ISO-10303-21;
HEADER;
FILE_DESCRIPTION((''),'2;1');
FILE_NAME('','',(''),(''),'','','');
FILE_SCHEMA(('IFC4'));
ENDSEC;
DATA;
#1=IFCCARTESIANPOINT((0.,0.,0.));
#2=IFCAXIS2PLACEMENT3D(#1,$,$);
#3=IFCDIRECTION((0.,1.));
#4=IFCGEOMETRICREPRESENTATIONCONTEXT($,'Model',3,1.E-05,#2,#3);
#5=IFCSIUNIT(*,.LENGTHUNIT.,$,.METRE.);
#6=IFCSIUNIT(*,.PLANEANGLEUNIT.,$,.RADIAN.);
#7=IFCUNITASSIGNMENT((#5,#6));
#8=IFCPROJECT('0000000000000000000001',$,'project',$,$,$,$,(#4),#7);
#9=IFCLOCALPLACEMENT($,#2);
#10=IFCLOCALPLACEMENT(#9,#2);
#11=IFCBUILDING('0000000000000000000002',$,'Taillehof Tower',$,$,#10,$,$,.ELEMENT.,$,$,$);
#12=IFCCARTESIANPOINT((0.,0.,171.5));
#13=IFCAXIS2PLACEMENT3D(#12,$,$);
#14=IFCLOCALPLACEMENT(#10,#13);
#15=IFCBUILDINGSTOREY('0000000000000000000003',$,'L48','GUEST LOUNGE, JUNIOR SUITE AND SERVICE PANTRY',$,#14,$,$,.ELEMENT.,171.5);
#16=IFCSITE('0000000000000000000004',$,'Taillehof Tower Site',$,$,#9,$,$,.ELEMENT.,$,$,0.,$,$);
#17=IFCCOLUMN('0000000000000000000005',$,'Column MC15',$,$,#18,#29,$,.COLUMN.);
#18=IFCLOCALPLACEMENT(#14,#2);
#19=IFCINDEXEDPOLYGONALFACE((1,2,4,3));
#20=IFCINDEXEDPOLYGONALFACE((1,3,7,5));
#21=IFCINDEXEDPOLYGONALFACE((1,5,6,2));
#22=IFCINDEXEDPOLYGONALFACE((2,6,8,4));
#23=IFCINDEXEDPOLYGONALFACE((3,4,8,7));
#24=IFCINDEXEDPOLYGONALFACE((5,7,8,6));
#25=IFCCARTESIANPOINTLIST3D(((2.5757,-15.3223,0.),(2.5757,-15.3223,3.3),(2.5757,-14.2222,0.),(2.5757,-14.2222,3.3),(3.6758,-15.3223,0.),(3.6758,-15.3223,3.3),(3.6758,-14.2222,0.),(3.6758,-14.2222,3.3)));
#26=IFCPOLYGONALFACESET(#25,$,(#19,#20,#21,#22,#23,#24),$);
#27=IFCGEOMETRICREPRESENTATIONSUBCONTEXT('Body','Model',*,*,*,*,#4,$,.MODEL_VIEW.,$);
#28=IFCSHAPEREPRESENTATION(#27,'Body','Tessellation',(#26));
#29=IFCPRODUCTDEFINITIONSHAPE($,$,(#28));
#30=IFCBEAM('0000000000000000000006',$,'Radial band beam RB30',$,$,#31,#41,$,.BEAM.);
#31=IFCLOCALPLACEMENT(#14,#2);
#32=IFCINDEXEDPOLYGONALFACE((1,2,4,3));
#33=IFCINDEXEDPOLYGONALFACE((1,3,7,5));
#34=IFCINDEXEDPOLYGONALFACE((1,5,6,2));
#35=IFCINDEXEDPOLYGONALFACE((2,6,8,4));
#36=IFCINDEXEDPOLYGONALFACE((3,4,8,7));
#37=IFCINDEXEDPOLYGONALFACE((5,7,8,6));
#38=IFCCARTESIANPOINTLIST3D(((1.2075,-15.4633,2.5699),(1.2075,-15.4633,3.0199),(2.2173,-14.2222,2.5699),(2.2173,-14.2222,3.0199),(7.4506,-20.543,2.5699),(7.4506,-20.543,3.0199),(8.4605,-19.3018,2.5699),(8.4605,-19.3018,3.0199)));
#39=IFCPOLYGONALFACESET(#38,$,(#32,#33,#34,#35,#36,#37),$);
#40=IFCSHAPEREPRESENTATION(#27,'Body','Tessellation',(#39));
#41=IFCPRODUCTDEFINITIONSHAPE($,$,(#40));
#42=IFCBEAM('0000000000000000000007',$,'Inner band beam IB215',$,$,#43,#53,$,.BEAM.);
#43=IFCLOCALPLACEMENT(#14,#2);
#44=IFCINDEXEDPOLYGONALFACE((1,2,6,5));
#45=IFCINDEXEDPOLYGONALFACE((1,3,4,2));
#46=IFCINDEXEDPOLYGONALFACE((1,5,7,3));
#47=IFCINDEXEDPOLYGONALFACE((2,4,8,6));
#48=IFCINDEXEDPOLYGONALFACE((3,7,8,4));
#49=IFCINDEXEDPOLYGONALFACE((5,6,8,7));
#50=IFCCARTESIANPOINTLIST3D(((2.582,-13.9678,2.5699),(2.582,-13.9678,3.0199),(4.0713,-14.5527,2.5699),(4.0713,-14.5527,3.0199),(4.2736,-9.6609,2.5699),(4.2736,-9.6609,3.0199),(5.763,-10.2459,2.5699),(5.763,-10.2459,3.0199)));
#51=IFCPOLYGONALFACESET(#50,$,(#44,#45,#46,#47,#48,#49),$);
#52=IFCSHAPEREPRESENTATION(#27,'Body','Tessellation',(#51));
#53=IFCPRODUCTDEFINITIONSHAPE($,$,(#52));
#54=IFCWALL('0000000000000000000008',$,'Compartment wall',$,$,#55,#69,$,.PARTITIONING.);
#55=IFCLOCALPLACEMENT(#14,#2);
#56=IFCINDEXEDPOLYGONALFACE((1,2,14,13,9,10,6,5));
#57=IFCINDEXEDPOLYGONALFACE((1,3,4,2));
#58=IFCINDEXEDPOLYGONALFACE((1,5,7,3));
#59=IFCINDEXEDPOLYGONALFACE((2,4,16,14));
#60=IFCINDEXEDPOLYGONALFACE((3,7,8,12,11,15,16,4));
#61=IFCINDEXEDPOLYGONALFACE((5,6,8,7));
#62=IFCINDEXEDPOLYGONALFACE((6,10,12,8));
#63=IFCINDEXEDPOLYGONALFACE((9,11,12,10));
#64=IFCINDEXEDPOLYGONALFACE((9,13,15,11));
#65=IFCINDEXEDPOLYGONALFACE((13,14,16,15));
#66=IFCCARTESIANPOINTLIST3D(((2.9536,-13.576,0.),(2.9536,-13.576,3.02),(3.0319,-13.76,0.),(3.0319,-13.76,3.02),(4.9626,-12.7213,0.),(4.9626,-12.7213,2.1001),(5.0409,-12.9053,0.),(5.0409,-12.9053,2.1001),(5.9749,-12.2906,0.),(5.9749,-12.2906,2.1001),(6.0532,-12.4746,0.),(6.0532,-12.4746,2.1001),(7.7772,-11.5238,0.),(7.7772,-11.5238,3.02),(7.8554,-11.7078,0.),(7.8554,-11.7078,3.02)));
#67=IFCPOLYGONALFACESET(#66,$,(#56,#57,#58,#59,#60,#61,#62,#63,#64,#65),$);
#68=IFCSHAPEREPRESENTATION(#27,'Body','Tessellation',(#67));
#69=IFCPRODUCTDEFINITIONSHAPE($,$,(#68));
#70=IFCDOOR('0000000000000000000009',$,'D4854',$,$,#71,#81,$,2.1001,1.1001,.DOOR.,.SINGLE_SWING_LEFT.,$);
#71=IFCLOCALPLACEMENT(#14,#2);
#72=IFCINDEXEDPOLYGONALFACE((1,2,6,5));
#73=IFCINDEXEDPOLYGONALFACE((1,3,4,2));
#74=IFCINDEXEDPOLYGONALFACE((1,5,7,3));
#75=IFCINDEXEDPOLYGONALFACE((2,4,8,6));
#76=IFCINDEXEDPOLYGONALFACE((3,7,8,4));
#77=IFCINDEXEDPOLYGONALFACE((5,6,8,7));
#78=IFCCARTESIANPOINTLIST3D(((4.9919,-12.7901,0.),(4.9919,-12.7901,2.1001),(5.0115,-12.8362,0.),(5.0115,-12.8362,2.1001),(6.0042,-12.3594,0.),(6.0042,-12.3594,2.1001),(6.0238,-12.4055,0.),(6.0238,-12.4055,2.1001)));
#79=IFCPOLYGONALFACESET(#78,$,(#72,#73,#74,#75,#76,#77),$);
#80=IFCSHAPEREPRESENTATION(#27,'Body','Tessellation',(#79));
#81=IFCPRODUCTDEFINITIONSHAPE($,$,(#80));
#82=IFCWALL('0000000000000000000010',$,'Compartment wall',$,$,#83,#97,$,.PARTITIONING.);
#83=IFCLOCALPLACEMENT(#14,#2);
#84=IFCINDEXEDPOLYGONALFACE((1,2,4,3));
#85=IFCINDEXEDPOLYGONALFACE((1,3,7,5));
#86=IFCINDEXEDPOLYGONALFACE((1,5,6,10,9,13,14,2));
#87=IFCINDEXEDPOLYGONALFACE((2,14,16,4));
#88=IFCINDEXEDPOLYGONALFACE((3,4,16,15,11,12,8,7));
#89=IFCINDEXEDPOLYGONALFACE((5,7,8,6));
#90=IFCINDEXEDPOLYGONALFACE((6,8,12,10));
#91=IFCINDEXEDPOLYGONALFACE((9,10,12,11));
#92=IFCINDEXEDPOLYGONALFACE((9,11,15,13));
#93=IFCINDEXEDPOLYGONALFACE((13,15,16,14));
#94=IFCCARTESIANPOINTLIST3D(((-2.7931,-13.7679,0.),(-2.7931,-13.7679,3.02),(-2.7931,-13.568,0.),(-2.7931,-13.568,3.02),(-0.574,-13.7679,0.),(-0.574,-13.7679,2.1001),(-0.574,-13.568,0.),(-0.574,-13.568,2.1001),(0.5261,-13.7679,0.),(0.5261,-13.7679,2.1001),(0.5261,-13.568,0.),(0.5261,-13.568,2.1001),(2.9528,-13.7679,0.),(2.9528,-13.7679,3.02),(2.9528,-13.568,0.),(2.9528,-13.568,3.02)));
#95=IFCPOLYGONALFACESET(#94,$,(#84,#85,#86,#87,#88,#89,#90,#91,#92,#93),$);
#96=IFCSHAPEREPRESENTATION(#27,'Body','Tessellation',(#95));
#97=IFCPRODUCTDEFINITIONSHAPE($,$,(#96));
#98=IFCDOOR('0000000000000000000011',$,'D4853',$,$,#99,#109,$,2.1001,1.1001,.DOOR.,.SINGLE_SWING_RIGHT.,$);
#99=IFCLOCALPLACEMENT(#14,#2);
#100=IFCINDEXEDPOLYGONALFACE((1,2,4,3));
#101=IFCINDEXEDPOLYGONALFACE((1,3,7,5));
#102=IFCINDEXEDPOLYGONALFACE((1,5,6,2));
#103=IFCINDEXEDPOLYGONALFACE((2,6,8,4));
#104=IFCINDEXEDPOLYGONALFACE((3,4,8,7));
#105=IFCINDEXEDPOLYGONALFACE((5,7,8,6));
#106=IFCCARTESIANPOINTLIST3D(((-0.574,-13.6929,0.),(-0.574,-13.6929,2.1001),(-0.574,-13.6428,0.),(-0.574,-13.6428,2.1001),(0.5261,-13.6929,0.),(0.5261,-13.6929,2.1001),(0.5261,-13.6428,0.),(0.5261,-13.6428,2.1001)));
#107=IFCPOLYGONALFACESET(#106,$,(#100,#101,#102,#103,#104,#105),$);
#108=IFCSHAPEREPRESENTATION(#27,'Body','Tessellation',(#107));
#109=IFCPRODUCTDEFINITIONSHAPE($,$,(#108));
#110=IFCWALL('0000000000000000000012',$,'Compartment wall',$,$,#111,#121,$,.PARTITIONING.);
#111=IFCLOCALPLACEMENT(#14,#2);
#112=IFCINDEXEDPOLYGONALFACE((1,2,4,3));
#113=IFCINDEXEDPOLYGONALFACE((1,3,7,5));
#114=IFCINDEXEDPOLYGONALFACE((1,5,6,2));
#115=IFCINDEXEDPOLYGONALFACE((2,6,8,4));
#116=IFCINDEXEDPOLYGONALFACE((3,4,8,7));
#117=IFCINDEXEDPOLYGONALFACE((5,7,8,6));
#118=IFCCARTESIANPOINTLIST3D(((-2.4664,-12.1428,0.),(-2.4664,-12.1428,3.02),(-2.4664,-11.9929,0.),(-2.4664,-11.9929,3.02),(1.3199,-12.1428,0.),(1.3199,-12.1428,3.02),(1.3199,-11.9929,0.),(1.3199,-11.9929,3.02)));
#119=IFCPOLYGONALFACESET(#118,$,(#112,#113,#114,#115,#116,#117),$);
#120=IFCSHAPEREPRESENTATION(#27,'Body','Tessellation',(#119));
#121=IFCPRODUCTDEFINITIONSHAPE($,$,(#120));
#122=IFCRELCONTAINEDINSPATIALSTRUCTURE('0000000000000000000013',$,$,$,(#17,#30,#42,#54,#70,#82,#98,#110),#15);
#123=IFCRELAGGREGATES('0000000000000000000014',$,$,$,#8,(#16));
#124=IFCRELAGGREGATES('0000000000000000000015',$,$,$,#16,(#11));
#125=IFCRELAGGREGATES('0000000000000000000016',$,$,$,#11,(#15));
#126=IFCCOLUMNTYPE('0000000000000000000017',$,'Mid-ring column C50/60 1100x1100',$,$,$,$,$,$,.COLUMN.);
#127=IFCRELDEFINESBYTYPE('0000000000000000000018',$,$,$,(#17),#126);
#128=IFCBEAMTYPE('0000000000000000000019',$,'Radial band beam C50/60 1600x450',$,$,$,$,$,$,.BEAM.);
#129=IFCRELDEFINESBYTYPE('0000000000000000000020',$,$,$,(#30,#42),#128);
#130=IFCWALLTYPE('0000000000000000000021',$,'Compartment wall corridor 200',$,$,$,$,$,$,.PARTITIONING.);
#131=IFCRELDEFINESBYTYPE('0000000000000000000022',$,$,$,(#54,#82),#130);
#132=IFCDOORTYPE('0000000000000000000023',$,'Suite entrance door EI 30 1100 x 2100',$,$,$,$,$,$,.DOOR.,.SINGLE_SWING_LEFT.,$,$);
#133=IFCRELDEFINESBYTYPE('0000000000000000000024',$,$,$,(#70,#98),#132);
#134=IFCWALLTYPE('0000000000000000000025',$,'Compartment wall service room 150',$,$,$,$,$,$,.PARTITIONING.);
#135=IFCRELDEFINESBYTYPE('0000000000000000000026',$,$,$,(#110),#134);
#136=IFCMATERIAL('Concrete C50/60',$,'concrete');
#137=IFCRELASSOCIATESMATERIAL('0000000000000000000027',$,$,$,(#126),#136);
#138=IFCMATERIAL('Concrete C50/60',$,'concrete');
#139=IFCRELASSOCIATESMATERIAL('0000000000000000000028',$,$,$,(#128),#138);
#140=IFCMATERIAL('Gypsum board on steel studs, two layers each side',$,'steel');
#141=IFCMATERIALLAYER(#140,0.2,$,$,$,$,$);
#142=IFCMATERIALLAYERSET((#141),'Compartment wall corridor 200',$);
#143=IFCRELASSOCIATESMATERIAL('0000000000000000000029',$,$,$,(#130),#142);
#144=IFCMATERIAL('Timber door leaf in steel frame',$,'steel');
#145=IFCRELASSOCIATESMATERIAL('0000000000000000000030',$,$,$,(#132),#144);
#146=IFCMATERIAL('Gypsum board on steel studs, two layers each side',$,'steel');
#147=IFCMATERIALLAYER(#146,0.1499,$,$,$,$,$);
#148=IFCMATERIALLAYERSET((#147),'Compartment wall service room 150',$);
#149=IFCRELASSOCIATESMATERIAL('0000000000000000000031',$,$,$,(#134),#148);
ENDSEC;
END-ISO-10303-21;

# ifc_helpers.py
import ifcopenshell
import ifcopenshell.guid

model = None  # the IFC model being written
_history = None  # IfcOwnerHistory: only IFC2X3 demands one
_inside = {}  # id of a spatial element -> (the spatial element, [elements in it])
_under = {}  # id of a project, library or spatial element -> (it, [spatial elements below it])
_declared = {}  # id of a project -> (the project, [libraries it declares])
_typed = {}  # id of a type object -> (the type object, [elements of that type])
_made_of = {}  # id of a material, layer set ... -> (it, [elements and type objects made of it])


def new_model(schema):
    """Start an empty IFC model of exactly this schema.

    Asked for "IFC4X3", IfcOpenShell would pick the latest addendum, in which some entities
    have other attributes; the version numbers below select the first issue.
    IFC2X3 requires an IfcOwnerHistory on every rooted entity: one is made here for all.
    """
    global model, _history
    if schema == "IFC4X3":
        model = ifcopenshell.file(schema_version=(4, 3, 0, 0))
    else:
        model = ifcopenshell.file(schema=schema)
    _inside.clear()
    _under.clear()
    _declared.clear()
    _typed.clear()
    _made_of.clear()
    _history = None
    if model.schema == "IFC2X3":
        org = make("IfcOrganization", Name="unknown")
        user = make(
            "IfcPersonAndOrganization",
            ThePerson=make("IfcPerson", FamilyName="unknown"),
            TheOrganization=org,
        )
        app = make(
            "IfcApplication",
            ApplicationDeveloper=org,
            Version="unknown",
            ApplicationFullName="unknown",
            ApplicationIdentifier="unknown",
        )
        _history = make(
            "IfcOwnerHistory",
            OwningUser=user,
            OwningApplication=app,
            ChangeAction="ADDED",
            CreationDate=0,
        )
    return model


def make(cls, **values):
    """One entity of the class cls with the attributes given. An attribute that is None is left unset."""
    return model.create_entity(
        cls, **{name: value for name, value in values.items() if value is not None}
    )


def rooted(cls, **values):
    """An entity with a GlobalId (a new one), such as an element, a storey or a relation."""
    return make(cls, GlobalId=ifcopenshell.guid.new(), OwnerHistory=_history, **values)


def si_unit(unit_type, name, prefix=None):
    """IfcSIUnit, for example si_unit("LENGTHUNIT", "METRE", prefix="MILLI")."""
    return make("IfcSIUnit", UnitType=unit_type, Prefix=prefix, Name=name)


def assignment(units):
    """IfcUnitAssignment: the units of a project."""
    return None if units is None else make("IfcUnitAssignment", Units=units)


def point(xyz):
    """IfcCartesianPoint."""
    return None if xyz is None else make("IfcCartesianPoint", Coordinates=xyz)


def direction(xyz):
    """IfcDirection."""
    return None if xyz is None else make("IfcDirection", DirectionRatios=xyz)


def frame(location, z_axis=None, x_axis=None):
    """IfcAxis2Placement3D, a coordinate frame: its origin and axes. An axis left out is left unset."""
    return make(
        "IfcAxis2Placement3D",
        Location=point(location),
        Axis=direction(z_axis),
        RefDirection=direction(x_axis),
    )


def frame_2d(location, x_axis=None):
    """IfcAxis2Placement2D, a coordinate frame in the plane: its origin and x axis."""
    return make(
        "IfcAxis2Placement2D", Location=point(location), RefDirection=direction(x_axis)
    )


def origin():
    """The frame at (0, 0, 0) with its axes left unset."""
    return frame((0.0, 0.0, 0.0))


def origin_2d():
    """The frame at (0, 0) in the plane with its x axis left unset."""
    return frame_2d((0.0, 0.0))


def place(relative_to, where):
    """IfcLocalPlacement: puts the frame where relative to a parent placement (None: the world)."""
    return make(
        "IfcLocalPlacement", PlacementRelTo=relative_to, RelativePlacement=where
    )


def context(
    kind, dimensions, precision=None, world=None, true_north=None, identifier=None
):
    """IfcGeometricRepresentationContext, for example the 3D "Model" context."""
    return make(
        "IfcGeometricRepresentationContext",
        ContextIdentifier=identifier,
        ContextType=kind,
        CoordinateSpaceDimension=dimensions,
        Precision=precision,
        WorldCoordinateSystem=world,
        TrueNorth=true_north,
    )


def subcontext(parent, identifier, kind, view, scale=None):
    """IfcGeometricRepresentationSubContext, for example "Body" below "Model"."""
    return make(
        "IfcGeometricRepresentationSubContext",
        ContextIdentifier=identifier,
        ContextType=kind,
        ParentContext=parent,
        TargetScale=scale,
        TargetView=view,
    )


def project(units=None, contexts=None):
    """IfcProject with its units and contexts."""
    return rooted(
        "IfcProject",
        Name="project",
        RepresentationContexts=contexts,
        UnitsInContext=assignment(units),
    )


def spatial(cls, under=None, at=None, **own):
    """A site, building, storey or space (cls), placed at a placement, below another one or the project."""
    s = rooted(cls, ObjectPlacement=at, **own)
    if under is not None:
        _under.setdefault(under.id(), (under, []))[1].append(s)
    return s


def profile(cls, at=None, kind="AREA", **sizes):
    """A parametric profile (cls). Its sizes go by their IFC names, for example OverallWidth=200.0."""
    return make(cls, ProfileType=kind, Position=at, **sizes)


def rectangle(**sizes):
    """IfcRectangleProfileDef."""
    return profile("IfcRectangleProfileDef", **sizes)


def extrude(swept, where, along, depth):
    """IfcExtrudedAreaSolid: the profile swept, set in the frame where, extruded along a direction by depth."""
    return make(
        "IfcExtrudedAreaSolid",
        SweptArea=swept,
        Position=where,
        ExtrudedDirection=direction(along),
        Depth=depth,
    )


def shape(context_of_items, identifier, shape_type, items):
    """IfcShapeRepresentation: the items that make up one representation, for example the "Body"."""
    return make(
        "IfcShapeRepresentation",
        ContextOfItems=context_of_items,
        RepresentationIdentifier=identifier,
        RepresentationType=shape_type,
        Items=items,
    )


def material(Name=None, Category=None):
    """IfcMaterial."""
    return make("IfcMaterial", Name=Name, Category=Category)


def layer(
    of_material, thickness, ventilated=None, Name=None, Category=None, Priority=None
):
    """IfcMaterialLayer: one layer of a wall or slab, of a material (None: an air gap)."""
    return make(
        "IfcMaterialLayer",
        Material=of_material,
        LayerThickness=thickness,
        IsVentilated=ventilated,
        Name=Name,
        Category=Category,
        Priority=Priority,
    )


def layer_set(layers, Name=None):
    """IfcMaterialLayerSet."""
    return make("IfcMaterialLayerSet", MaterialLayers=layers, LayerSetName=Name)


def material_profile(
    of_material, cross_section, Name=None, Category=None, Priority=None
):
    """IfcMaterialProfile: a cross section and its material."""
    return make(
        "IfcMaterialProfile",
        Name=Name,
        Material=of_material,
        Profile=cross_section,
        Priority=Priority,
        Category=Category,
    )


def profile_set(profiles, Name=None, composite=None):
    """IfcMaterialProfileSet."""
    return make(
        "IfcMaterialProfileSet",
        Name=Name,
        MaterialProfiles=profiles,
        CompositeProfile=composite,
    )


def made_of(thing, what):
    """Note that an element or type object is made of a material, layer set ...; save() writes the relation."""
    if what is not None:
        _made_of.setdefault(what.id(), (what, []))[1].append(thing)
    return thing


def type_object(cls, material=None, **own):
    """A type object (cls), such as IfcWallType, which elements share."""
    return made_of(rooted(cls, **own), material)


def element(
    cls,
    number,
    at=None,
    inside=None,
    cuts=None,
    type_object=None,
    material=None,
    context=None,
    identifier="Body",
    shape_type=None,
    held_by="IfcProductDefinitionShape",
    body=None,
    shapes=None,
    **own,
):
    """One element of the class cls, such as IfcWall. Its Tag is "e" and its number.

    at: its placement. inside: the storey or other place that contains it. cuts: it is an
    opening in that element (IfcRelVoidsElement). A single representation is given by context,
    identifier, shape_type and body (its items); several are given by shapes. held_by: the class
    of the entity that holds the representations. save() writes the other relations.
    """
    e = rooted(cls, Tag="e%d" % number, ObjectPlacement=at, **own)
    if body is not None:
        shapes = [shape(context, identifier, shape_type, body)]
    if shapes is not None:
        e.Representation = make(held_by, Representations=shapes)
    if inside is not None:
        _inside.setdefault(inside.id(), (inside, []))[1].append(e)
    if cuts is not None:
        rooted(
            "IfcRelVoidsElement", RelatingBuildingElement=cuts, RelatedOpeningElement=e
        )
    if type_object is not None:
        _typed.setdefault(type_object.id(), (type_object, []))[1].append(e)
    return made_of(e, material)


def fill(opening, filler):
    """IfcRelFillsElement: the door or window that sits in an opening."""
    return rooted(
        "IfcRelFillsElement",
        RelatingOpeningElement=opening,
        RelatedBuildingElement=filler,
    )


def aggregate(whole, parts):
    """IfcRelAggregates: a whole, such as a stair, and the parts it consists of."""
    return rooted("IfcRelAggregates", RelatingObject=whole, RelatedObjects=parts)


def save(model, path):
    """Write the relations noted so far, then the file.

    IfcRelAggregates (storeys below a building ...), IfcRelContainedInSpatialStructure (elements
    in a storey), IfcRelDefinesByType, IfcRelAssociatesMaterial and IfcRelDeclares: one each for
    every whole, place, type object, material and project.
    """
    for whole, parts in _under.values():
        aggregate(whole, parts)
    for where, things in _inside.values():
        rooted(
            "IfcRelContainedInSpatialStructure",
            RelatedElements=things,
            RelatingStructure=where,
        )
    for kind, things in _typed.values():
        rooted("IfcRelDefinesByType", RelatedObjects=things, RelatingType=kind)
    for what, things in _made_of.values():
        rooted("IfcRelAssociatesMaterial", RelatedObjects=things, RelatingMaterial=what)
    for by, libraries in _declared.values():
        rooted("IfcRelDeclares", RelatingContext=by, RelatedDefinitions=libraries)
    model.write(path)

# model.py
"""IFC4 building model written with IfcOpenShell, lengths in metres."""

from ifc_helpers import new_model, si_unit, direction, frame, frame_2d, origin, origin_2d, place, context, subcontext, project, spatial, rectangle, extrude, material, layer, layer_set, material_profile, profile_set, type_object, element, fill, save


model = new_model("IFC4")

# Units and contexts
model_context = context("Model", 3, precision=1e-05, world=origin(), true_north=direction((0.0, 1.0)))
body_context = subcontext(model_context, "Body", "Model", "MODEL_VIEW")
ifc_project = project(units=[si_unit("LENGTHUNIT", "METRE"), si_unit("PLANEANGLEUNIT", "RADIAN")], contexts=[model_context])

# Site, building, storey
site_placement = place(None, origin())
site = spatial("IfcSite", under=ifc_project, at=site_placement, Name="Taillehof Tower Site", CompositionType="ELEMENT", RefElevation=0.0)
building_placement = place(site_placement, origin())
building = spatial("IfcBuilding", under=site, at=building_placement, Name="Taillehof Tower", CompositionType="ELEMENT")
storey_placement = place(building_placement, frame((0.0, 0.0, 171.5)))
storey = spatial("IfcBuildingStorey", under=building, at=storey_placement, Name="L48", Description="GUEST LOUNGE, JUNIOR SUITE AND SERVICE PANTRY", CompositionType="ELEMENT", Elevation=171.5)

# Column
ifc_material_1 = material(Name="Concrete C50/60", Category="concrete")
ifc_material_profile_1 = material_profile(ifc_material_1, rectangle(XDim=1.1001, YDim=1.1001, at=origin_2d()), Name="RC 1100x1100")
ifc_profile_set_1 = profile_set([ifc_material_profile_1], Name="Concrete C50/60")
column_type = type_object("IfcColumnType", Name="Mid-ring column C50/60 1100x1100", PredefinedType="COLUMN", material=ifc_profile_set_1)
column_placement = place(storey_placement, frame((3.1257, -14.7722, 0.0), z_axis=(0.0, 0.0, 1.0), x_axis=(1.0, 0.0, 0.0)))
element("IfcColumn", 1, at=column_placement, inside=storey, type_object=column_type, Name="Column MC15", PredefinedType="COLUMN", context=body_context, shape_type="SweptSolid", body=[
    extrude(rectangle(XDim=1.1001, YDim=1.1001, at=origin_2d()), origin(), (0.0, 0.0, 1.0), 3.3),
])

# Beams
ifc_material_2 = material(Name="Concrete C50/60", Category="concrete")
ifc_material_profile_2 = material_profile(ifc_material_2, rectangle(XDim=1.6001, YDim=0.45, at=origin_2d()), Name="RC 1600x450")
ifc_profile_set_2 = profile_set([ifc_material_profile_2], Name="Concrete C50/60")
beam_type = type_object("IfcBeamType", Name="Radial band beam C50/60 1600x450", PredefinedType="BEAM", material=ifc_profile_set_2)
beam_1_placement = place(storey_placement, frame((7.9556, -19.9224, 2.7949), z_axis=(-0.775687, 0.631118, 0.0), x_axis=(-0.631118, -0.775687, 0.0)))
element("IfcBeam", 2, at=beam_1_placement, inside=storey, type_object=beam_type, Name="Radial band beam RB30", PredefinedType="BEAM", context=body_context, shape_type="SweptSolid", body=[
    extrude(rectangle(XDim=1.6001, YDim=0.45, at=origin_2d()), origin(), (0.0, 0.0, 1.0), 8.0486),
])
beam_2_placement = place(storey_placement, frame((3.3267, -14.2603, 2.7949), z_axis=(0.365589, 0.930777, 0.0), x_axis=(-0.930777, 0.365589, 0.0)))
element("IfcBeam", 3, at=beam_2_placement, inside=storey, type_object=beam_type, Name="Inner band beam IB215", PredefinedType="BEAM", context=body_context, shape_type="SweptSolid", body=[
    extrude(rectangle(XDim=1.6001, YDim=0.45, at=origin_2d()), origin(), (0.0, 0.0, 1.0), 4.6272),
])

# Walls, openings, doors
ifc_material_3 = material(Name="Gypsum board on steel studs, two layers each side", Category="steel")
ifc_layer_1 = layer(ifc_material_3, 0.2)
ifc_layer_set_1 = layer_set([ifc_layer_1], Name="Compartment wall corridor 200")
wall_type_1 = type_object("IfcWallType", Name="Compartment wall corridor 200", PredefinedType="PARTITIONING", material=ifc_layer_set_1)
wall_1_placement = place(storey_placement, frame((7.8164, -11.6157, 0.0), z_axis=(0.0, 0.0, 1.0), x_axis=(-0.920175, -0.391507, 0.0)))
wall_1 = element("IfcWall", 4, at=wall_1_placement, inside=storey, type_object=wall_type_1, Name="Compartment wall", PredefinedType="PARTITIONING", context=body_context, shape_type="SweptSolid", body=[
    extrude(rectangle(XDim=5.2419, YDim=0.2, at=frame_2d((2.6211, 0.0))), origin(), (0.0, 0.0, 1.0), 3.02),
])
opening_1_placement = place(wall_1_placement, frame((1.9587, 0.0, 0.0)))
opening_1 = element("IfcOpeningElement", 5, at=opening_1_placement, cuts=wall_1, PredefinedType="OPENING", context=body_context, shape_type="SweptSolid", body=[
    extrude(rectangle(XDim=1.1001, YDim=2.1001, at=frame_2d((0.55, 1.05))), frame((0.0, 0.1099, 0.0), z_axis=(0.0, -1.0, 0.0), x_axis=(1.0, 0.0, 0.0)), (0.0, 0.0, 1.0), 0.22),
])
ifc_material_4 = material(Name="Timber door leaf in steel frame", Category="steel")
door_type_1 = type_object("IfcDoorType", Name="Suite entrance door EI 30 1100 x 2100", OperationType="SINGLE_SWING_LEFT", PredefinedType="DOOR", material=ifc_material_4)
door_1_placement = place(opening_1_placement, origin())
door_1 = element("IfcDoor", 6, at=door_1_placement, inside=storey, type_object=door_type_1, Name="D4854", OperationType="SINGLE_SWING_LEFT", OverallHeight=2.1001, OverallWidth=1.1001, PredefinedType="DOOR", context=body_context, shape_type="SweptSolid", body=[
    extrude(rectangle(XDim=1.1001, YDim=2.1001, at=frame_2d((0.55, 1.05))), frame((0.0, 0.0249, 0.0), z_axis=(0.0, -1.0, 0.0), x_axis=(1.0, 0.0, 0.0)), (0.0, 0.0, 1.0), 0.05),
])
fill(opening_1, door_1)
wall_2_placement = place(storey_placement, frame((2.9529, -13.668, 0.0), z_axis=(0.0, 0.0, 1.0), x_axis=(-1.0, 0.0, 0.0)))
wall_2 = element("IfcWall", 7, at=wall_2_placement, inside=storey, type_object=wall_type_1, Name="Compartment wall", PredefinedType="PARTITIONING", context=body_context, shape_type="SweptSolid", body=[
    extrude(rectangle(XDim=5.7458, YDim=0.2, at=frame_2d((2.873, 0.0))), origin(), (0.0, 0.0, 1.0), 3.02),
])
opening_2_placement = place(wall_2_placement, frame((2.4268, 0.0, 0.0)))
opening_2 = element("IfcOpeningElement", 8, at=opening_2_placement, cuts=wall_2, PredefinedType="OPENING", context=body_context, shape_type="SweptSolid", body=[
    extrude(rectangle(XDim=1.1001, YDim=2.1001, at=frame_2d((0.55, 1.05))), frame((0.0, 0.1099, 0.0), z_axis=(0.0, -1.0, 0.0), x_axis=(1.0, 0.0, 0.0)), (0.0, 0.0, 1.0), 0.22),
])
door_2_placement = place(opening_2_placement, origin())
door_2 = element("IfcDoor", 9, at=door_2_placement, inside=storey, type_object=door_type_1, Name="D4853", OperationType="SINGLE_SWING_RIGHT", OverallHeight=2.1001, OverallWidth=1.1001, PredefinedType="DOOR", context=body_context, shape_type="SweptSolid", body=[
    extrude(rectangle(XDim=1.1001, YDim=2.1001, at=frame_2d((0.55, 1.05))), frame((0.0, 0.0249, 0.0), z_axis=(0.0, -1.0, 0.0), x_axis=(1.0, 0.0, 0.0)), (0.0, 0.0, 1.0), 0.05),
])
fill(opening_2, door_2)

# Wall
ifc_material_5 = material(Name="Gypsum board on steel studs, two layers each side", Category="steel")
ifc_layer_2 = layer(ifc_material_5, 0.1499)
ifc_layer_set_2 = layer_set([ifc_layer_2], Name="Compartment wall service room 150")
wall_type_2 = type_object("IfcWallType", Name="Compartment wall service room 150", PredefinedType="PARTITIONING", material=ifc_layer_set_2)
wall_3_placement = place(storey_placement, frame((1.3198, -12.0679, 0.0), z_axis=(0.0, 0.0, 1.0), x_axis=(-1.0, 0.0, 0.0)))
element("IfcWall", 10, at=wall_3_placement, inside=storey, type_object=wall_type_2, Name="Compartment wall", PredefinedType="PARTITIONING", context=body_context, shape_type="SweptSolid", body=[
    extrude(rectangle(XDim=3.7864, YDim=0.1499, at=frame_2d((1.8931, 0.0))), origin(), (0.0, 0.0, 1.0), 3.02),
])

save(model, "model.ifc")
